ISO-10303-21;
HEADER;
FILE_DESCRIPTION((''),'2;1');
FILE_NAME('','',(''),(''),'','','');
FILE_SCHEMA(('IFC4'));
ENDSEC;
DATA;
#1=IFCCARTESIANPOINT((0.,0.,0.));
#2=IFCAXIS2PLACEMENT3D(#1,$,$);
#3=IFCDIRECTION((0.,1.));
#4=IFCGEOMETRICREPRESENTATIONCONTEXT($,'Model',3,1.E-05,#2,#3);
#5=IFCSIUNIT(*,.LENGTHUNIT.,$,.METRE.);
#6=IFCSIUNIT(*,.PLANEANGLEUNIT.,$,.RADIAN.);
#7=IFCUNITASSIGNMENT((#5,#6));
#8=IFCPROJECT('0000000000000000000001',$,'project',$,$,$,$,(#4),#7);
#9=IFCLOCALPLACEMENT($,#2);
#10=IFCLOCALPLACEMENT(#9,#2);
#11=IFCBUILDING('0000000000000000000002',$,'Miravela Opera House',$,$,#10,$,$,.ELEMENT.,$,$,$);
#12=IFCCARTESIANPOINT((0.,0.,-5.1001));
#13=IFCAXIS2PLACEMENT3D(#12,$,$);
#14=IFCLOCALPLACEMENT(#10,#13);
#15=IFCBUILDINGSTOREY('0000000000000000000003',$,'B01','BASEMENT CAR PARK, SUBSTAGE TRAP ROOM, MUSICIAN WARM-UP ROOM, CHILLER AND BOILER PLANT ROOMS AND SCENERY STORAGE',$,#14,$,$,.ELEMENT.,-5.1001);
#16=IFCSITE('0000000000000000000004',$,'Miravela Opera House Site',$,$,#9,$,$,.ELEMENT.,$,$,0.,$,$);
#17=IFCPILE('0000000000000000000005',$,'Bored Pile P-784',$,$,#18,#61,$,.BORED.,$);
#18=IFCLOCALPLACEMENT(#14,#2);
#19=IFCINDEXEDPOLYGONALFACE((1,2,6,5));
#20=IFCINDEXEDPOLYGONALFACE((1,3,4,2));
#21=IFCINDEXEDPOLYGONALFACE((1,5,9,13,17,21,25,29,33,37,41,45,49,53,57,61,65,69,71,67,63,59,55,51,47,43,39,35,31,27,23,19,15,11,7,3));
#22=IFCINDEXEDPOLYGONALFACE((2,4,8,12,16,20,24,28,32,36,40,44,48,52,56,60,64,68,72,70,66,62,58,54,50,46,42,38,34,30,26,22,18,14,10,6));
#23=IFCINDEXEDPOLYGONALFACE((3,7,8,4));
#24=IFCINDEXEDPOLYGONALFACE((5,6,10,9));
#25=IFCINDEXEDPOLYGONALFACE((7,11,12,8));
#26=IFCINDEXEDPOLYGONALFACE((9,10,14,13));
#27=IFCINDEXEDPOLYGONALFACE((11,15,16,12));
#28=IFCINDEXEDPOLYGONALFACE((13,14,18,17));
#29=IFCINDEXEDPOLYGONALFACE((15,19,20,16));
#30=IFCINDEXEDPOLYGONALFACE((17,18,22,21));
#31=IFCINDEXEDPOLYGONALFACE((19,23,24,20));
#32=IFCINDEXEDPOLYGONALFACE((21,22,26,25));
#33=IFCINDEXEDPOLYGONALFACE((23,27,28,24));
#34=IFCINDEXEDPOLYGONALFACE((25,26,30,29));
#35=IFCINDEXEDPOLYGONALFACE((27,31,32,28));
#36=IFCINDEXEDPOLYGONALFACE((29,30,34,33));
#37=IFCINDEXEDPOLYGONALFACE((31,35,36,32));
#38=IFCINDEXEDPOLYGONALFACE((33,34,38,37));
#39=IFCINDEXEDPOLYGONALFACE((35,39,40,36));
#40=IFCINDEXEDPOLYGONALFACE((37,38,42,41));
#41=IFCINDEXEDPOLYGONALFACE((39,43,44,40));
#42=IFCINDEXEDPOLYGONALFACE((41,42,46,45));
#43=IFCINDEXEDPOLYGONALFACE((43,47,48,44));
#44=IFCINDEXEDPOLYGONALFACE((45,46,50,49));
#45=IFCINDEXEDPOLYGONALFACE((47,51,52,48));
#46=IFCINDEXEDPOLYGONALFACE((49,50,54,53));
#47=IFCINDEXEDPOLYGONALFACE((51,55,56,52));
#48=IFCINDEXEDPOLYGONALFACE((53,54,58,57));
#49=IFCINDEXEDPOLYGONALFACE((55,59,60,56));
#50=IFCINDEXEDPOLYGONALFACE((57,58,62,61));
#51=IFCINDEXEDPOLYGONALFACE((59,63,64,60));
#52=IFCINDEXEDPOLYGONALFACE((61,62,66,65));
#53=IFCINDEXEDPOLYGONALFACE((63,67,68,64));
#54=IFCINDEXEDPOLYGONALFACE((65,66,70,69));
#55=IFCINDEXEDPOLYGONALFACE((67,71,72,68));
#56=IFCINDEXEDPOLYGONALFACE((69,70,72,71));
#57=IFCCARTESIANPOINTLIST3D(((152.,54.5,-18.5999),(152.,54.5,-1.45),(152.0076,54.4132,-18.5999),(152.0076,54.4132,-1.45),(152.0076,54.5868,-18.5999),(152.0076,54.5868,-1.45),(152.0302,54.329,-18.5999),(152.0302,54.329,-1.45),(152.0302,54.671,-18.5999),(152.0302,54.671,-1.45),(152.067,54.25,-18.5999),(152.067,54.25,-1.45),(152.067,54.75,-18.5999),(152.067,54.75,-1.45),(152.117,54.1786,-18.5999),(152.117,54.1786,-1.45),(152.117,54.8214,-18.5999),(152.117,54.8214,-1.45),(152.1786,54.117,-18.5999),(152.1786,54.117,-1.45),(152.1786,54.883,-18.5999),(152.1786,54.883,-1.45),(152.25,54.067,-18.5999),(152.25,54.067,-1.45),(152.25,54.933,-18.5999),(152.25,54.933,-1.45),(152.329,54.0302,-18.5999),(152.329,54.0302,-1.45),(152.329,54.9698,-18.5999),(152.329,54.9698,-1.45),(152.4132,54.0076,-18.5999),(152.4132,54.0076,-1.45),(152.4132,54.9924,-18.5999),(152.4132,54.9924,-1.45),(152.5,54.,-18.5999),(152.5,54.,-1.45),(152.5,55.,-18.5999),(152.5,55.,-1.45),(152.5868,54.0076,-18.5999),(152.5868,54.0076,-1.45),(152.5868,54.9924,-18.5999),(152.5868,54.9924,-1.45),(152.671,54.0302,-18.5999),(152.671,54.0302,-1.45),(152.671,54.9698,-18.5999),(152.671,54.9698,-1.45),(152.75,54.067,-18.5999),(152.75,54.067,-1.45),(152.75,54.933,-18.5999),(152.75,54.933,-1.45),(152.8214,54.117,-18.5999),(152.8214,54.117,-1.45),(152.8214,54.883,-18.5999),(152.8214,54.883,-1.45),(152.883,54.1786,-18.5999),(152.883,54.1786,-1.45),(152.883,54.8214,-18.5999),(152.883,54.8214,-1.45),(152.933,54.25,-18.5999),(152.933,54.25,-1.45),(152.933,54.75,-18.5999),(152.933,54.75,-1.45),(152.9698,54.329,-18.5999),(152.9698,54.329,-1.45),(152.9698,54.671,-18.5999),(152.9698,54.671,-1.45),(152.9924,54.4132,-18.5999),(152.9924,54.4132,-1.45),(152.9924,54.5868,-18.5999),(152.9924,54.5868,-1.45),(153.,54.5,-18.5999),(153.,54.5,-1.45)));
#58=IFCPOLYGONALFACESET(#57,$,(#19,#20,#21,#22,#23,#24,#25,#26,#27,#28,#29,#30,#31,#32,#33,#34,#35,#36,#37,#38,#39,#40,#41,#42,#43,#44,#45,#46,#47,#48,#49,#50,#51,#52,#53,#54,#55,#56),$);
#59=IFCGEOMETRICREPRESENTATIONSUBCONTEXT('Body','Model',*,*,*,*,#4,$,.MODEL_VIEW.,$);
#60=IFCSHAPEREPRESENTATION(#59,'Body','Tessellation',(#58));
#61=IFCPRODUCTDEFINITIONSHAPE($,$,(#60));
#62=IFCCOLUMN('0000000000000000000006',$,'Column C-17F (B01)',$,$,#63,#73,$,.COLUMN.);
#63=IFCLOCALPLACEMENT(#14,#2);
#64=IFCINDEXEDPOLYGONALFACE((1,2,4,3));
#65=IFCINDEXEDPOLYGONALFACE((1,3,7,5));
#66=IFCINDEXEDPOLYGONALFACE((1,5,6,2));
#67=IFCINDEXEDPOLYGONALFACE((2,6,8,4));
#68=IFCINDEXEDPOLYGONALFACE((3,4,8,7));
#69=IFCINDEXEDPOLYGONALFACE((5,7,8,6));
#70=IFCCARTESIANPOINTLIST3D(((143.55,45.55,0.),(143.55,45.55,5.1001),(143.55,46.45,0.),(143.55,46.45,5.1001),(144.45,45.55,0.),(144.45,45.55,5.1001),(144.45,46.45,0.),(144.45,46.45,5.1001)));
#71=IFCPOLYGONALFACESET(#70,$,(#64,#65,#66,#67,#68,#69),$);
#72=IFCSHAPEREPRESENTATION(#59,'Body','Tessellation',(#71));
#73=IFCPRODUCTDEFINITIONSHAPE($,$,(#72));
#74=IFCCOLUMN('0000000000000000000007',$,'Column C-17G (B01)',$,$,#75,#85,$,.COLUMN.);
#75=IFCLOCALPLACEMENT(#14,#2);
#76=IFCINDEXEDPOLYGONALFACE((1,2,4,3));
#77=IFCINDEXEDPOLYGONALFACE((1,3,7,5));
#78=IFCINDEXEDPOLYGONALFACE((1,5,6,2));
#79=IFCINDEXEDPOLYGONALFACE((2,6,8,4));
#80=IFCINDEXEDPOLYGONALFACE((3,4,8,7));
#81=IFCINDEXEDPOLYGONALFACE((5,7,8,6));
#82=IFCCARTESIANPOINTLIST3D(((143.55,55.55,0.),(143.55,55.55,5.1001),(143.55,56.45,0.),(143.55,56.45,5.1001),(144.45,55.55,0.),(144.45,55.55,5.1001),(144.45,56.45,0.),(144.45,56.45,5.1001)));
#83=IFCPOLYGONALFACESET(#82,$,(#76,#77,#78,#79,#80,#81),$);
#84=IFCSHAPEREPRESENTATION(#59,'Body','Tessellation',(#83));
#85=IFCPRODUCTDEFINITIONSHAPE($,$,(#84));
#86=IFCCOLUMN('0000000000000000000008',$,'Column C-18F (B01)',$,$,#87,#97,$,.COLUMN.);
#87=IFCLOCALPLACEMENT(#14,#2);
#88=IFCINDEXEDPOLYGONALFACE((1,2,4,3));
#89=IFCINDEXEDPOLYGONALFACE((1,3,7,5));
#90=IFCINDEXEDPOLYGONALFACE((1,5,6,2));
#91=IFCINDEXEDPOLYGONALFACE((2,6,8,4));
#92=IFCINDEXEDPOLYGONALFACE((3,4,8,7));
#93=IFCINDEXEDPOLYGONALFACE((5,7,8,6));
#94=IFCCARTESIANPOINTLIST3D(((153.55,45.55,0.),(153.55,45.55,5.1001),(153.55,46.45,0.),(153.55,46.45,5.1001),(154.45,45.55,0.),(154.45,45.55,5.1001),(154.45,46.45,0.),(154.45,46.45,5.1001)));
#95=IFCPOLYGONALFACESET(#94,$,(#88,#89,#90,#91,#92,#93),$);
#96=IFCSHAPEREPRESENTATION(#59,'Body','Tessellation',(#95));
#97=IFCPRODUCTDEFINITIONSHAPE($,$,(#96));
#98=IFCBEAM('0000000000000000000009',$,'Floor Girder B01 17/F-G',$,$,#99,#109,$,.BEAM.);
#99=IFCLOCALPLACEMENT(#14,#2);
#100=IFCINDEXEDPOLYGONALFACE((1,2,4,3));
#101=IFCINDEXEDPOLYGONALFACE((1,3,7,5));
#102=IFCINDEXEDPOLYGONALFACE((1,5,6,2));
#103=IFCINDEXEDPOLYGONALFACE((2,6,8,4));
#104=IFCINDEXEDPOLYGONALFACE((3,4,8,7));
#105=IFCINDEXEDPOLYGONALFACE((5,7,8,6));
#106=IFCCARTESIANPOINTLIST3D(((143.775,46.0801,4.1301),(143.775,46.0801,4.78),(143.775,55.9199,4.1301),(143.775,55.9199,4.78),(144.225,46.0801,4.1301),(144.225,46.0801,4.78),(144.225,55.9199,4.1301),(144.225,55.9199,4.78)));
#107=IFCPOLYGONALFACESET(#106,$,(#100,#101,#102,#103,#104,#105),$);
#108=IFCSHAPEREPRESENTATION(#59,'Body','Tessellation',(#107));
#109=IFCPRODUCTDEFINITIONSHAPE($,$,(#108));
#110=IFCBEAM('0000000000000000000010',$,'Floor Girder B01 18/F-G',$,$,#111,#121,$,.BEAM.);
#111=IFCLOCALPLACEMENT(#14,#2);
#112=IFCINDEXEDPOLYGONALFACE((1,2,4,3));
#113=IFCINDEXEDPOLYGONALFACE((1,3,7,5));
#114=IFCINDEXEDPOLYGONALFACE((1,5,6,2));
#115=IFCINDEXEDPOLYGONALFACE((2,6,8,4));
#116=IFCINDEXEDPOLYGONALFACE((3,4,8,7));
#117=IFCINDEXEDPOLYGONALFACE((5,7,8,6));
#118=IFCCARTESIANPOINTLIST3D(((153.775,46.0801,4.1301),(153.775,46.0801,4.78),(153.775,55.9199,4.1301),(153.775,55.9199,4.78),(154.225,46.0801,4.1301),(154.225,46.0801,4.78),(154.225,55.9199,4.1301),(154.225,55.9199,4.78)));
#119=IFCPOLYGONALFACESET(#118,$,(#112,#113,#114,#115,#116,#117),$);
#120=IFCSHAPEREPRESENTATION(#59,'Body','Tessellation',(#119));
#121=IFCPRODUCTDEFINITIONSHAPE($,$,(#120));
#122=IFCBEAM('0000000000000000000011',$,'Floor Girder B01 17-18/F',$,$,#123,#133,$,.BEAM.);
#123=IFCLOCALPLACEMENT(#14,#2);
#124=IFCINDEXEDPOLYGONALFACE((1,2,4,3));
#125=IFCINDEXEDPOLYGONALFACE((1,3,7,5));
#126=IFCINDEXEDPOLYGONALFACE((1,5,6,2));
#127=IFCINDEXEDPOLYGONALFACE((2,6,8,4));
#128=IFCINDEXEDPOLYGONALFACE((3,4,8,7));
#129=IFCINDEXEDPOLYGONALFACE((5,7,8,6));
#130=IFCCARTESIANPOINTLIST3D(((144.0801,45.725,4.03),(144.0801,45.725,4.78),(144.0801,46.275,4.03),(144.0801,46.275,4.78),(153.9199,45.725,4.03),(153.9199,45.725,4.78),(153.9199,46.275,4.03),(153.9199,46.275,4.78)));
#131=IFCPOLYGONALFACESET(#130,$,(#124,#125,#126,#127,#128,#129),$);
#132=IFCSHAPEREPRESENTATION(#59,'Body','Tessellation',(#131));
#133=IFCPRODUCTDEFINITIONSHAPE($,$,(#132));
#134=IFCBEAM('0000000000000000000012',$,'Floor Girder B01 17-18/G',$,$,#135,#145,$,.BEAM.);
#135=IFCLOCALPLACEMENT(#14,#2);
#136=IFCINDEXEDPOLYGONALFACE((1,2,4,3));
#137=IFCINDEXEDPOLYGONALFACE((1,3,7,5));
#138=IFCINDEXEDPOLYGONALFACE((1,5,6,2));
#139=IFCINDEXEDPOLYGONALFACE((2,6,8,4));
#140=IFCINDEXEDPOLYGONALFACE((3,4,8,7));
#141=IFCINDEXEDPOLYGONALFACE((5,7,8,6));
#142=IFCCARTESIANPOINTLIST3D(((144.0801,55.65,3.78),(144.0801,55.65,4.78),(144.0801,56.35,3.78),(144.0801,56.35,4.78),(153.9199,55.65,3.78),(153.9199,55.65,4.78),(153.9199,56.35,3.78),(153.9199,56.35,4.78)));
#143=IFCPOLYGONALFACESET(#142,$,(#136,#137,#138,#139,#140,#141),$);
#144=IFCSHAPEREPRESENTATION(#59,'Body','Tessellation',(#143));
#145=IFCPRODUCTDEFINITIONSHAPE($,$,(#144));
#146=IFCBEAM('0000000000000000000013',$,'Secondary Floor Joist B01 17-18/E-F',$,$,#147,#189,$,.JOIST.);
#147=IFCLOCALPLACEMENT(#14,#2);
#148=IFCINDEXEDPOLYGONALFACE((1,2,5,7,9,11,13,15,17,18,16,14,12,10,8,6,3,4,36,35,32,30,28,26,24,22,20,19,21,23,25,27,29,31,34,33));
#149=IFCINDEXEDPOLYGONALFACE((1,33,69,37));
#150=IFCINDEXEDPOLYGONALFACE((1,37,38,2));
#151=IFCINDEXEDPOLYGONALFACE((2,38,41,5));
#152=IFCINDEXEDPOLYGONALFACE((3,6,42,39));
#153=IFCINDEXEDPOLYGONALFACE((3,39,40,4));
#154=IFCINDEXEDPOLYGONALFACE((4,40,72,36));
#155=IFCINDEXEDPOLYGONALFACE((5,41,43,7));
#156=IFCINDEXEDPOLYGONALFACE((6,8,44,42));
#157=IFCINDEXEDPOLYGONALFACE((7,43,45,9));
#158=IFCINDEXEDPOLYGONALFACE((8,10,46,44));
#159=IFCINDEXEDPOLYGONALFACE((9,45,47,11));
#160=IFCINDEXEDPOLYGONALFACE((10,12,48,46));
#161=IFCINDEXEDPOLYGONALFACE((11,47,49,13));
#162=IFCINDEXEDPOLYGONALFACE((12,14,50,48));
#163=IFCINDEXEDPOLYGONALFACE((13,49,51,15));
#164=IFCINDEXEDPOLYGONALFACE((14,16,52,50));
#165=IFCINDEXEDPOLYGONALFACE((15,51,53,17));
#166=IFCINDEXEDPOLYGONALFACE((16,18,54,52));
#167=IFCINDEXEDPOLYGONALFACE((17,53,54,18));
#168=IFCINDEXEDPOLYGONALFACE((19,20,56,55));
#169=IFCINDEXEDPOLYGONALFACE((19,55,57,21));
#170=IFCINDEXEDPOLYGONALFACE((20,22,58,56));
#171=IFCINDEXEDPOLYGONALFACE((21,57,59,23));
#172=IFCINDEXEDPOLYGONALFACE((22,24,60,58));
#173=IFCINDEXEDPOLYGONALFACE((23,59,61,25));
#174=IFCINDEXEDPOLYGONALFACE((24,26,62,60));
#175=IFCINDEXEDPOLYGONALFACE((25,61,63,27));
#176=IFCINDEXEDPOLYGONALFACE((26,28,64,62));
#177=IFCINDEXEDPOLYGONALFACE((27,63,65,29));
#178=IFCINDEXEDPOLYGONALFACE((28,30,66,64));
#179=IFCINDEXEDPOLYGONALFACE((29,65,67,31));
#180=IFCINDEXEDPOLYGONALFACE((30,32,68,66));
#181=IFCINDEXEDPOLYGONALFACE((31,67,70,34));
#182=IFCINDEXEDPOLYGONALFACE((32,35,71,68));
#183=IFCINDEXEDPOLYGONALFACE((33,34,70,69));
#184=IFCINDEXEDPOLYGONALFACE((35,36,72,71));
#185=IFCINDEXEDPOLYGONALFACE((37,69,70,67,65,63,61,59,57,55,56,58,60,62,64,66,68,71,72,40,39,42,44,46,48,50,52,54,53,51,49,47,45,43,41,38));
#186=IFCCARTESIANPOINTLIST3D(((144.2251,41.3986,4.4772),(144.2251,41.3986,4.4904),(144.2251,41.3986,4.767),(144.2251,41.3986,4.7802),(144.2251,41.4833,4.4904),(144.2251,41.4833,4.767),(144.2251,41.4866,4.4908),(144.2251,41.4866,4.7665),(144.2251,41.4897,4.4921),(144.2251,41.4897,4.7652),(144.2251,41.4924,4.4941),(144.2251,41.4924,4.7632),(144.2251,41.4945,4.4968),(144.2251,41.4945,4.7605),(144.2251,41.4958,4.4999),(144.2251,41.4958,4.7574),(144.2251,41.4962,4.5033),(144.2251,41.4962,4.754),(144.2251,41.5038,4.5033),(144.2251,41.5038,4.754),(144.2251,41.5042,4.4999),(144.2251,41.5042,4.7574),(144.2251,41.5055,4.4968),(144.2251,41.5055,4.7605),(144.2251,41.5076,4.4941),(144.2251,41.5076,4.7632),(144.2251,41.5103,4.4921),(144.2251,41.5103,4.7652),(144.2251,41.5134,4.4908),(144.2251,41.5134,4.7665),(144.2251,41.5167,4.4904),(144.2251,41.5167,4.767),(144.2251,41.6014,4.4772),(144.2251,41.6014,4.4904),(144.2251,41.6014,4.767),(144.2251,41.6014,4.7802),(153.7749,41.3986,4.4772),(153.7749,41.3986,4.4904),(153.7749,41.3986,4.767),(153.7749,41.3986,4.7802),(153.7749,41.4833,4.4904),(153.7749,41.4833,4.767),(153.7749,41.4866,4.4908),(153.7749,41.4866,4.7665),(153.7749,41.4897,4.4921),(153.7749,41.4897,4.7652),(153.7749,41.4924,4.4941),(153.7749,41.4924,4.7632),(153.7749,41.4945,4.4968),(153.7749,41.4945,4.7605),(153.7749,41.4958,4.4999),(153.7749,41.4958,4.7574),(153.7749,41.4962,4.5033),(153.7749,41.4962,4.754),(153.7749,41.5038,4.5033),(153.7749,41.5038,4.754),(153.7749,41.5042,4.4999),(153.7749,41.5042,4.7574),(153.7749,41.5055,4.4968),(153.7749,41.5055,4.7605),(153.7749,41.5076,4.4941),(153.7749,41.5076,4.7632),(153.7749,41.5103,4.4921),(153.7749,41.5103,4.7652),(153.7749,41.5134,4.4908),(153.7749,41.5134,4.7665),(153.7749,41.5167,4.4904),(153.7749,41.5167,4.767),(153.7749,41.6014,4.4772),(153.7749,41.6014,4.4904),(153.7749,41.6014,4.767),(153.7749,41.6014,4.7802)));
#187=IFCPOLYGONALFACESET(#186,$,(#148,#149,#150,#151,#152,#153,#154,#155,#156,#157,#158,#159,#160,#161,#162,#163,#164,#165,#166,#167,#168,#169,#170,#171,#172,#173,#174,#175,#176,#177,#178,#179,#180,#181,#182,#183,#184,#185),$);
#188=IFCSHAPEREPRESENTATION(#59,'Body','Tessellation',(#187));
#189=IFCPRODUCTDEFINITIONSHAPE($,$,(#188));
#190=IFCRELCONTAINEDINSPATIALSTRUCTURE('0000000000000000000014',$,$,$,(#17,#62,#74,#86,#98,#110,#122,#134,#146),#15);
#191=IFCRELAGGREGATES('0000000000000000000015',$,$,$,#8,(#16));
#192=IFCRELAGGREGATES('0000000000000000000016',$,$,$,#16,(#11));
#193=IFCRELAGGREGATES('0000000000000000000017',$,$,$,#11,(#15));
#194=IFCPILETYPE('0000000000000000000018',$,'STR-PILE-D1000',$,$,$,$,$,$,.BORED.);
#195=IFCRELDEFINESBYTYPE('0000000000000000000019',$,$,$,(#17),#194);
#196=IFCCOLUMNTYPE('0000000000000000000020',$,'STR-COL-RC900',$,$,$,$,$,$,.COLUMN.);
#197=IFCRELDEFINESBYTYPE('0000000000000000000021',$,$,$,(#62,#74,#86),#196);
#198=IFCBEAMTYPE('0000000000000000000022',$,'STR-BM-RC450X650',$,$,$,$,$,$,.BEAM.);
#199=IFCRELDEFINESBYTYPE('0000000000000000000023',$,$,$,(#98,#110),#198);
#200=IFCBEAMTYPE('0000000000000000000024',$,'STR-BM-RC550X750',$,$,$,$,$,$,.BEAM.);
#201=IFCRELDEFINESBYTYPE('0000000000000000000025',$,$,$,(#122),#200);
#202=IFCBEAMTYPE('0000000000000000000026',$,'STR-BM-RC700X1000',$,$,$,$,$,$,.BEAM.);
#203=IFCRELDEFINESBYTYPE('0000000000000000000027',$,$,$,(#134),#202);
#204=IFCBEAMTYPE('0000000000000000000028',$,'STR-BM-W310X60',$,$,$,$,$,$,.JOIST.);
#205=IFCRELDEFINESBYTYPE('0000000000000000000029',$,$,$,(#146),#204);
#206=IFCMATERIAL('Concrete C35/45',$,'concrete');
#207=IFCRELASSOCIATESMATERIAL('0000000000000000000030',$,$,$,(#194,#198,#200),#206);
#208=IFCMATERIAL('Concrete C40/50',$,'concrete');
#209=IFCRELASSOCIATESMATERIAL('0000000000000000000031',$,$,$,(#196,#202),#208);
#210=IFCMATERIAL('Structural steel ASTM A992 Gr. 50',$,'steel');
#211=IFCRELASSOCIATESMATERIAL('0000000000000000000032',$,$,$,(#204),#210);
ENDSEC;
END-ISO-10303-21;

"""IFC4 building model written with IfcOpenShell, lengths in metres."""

from ifc_helpers import new_model, si_unit, direction, frame, origin, origin_2d, place, context, subcontext, project, spatial, rectangle, circle, i_section, extrude, material, material_profile, profile_set, type_object, element, save


model = new_model("IFC4")

# Units and contexts
model_context = context("Model", 3, precision=1e-05, world=origin(), true_north=direction((0.0, 1.0)))
body_context = subcontext(model_context, "Body", "Model", "MODEL_VIEW")
ifc_project = project(units=[si_unit("LENGTHUNIT", "METRE"), si_unit("PLANEANGLEUNIT", "RADIAN")], contexts=[model_context])

# Site, building, storey
site_placement = place(None, origin())
site = spatial("IfcSite", under=ifc_project, at=site_placement, Name="Miravela Opera House Site", CompositionType="ELEMENT", RefElevation=0.0)
building_placement = place(site_placement, origin())
building = spatial("IfcBuilding", under=site, at=building_placement, Name="Miravela Opera House", CompositionType="ELEMENT")
storey_placement = place(building_placement, frame((0.0, 0.0, -5.1001)))
storey = spatial("IfcBuildingStorey", under=building, at=storey_placement, Name="B01", Description="BASEMENT CAR PARK, SUBSTAGE TRAP ROOM, MUSICIAN WARM-UP ROOM, CHILLER AND BOILER PLANT ROOMS AND SCENERY STORAGE", CompositionType="ELEMENT", Elevation=-5.1001)

# Shared definitions
ifc_material_1 = material(Name="Concrete C35/45", Category="concrete")

# Pile
ifc_material_profile_1 = material_profile(ifc_material_1, circle(Radius=0.5, at=origin_2d()), Name="PILE-D1000")
ifc_profile_set_1 = profile_set([ifc_material_profile_1])
pile_type = type_object("IfcPileType", Name="STR-PILE-D1000", PredefinedType="BORED", material=ifc_profile_set_1)
for number, where, z_axis, x_axis, name in (
    (1, (152.5, 54.5, -1.45), (0.0, 0.0, -1.0), (1.0, 0.0, 0.0), "Bored Pile P-784"),
):
    element("IfcPile", number, at=place(storey_placement, frame(where, z_axis=z_axis, x_axis=x_axis)), inside=storey, type_object=pile_type, Name=name, PredefinedType="BORED", context=body_context, shape_type="SweptSolid", body=[
        extrude(circle(Radius=0.5, at=origin_2d()), origin(), (0.0, 0.0, 1.0), 17.1499),
    ])

# Columns
ifc_material_2 = material(Name="Concrete C40/50", Category="concrete")
ifc_material_profile_2 = material_profile(ifc_material_2, rectangle(XDim=0.8999, YDim=0.8999, at=origin_2d()), Name="RC-COL-900X900")
ifc_profile_set_2 = profile_set([ifc_material_profile_2])
column_type = type_object("IfcColumnType", Name="STR-COL-RC900", PredefinedType="COLUMN", material=ifc_profile_set_2)
for number, where, z_axis, x_axis, name in (
    (2, (144.0, 46.0, 0.0), (0.0, 0.0, 1.0), (1.0, 0.0, 0.0), "Column C-17F (B01)"),
    (3, (144.0, 56.0, 0.0), (0.0, 0.0, 1.0), (1.0, 0.0, 0.0), "Column C-17G (B01)"),
    (4, (154.0, 46.0, 0.0), (0.0, 0.0, 1.0), (1.0, 0.0, 0.0), "Column C-18F (B01)"),
):
    element("IfcColumn", number, at=place(storey_placement, frame(where, z_axis=z_axis, x_axis=x_axis)), inside=storey, type_object=column_type, Name=name, PredefinedType="COLUMN", context=body_context, shape_type="SweptSolid", body=[
        extrude(rectangle(XDim=0.8999, YDim=0.8999, at=origin_2d()), origin(), (0.0, 0.0, 1.0), 5.1001),
    ])

# Beams
ifc_material_profile_3 = material_profile(ifc_material_1, rectangle(XDim=0.45, YDim=0.6499, at=origin_2d()), Name="RC-BM-450X650")
ifc_profile_set_3 = profile_set([ifc_material_profile_3])
beam_type_1 = type_object("IfcBeamType", Name="STR-BM-RC450X650", PredefinedType="BEAM", material=ifc_profile_set_3)
for number, where, z_axis, x_axis, name in (
    (5, (144.0, 46.0801, 4.4551), (0.0, 1.0, 0.0), (-1.0, 0.0, 0.0), "Floor Girder B01 17/F-G"),
    (6, (154.0, 46.0801, 4.4551), (0.0, 1.0, 0.0), (-1.0, 0.0, 0.0), "Floor Girder B01 18/F-G"),
):
    element("IfcBeam", number, at=place(storey_placement, frame(where, z_axis=z_axis, x_axis=x_axis)), inside=storey, type_object=beam_type_1, Name=name, PredefinedType="BEAM", context=body_context, shape_type="SweptSolid", body=[
        extrude(rectangle(XDim=0.45, YDim=0.6499, at=origin_2d()), origin(), (0.0, 0.0, 1.0), 9.8398),
    ])
ifc_material_profile_4 = material_profile(ifc_material_1, rectangle(XDim=0.55, YDim=0.75, at=origin_2d()), Name="RC-BM-550X750")
ifc_profile_set_4 = profile_set([ifc_material_profile_4])
beam_type_2 = type_object("IfcBeamType", Name="STR-BM-RC550X750", PredefinedType="BEAM", material=ifc_profile_set_4)
beam_1_placement = place(storey_placement, frame((144.0801, 46.0, 4.405), z_axis=(1.0, 0.0, 0.0), x_axis=(0.0, 1.0, 0.0)))
element("IfcBeam", 7, at=beam_1_placement, inside=storey, type_object=beam_type_2, Name="Floor Girder B01 17-18/F", PredefinedType="BEAM", context=body_context, shape_type="SweptSolid", body=[
    extrude(rectangle(XDim=0.55, YDim=0.75, at=origin_2d()), origin(), (0.0, 0.0, 1.0), 9.8398),
])
ifc_material_profile_5 = material_profile(ifc_material_2, rectangle(XDim=0.7, YDim=1.0, at=origin_2d()), Name="RC-BM-700X1000")
ifc_profile_set_5 = profile_set([ifc_material_profile_5])
beam_type_3 = type_object("IfcBeamType", Name="STR-BM-RC700X1000", PredefinedType="BEAM", material=ifc_profile_set_5)
beam_2_placement = place(storey_placement, frame((144.0801, 56.0, 4.28), z_axis=(1.0, 0.0, 0.0), x_axis=(0.0, 1.0, 0.0)))
element("IfcBeam", 8, at=beam_2_placement, inside=storey, type_object=beam_type_3, Name="Floor Girder B01 17-18/G", PredefinedType="BEAM", context=body_context, shape_type="SweptSolid", body=[
    extrude(rectangle(XDim=0.7, YDim=1.0, at=origin_2d()), origin(), (0.0, 0.0, 1.0), 9.8398),
])
ifc_material_3 = material(Name="Structural steel ASTM A992 Gr. 50", Category="steel")
ifc_material_profile_6 = material_profile(ifc_material_3, i_section(OverallWidth=0.2029, OverallDepth=0.303, WebThickness=0.0076, FlangeThickness=0.0132, FilletRadius=0.0129, at=origin_2d()), Name="W310X60")
ifc_profile_set_6 = profile_set([ifc_material_profile_6])
beam_type_4 = type_object("IfcBeamType", Name="STR-BM-W310X60", PredefinedType="JOIST", material=ifc_profile_set_6)
beam_3_placement = place(storey_placement, frame((144.2251, 41.5, 4.6287), z_axis=(1.0, 0.0, 0.0), x_axis=(0.0, 1.0, 0.0)))
element("IfcBeam", 9, at=beam_3_placement, inside=storey, type_object=beam_type_4, Name="Secondary Floor Joist B01 17-18/E-F", PredefinedType="JOIST", context=body_context, shape_type="SweptSolid", body=[
    extrude(i_section(OverallWidth=0.2029, OverallDepth=0.303, WebThickness=0.0076, FlangeThickness=0.0132, FilletRadius=0.0129, at=origin_2d()), origin(), (0.0, 0.0, 1.0), 9.5498),
])

save(model, "model.ifc")
